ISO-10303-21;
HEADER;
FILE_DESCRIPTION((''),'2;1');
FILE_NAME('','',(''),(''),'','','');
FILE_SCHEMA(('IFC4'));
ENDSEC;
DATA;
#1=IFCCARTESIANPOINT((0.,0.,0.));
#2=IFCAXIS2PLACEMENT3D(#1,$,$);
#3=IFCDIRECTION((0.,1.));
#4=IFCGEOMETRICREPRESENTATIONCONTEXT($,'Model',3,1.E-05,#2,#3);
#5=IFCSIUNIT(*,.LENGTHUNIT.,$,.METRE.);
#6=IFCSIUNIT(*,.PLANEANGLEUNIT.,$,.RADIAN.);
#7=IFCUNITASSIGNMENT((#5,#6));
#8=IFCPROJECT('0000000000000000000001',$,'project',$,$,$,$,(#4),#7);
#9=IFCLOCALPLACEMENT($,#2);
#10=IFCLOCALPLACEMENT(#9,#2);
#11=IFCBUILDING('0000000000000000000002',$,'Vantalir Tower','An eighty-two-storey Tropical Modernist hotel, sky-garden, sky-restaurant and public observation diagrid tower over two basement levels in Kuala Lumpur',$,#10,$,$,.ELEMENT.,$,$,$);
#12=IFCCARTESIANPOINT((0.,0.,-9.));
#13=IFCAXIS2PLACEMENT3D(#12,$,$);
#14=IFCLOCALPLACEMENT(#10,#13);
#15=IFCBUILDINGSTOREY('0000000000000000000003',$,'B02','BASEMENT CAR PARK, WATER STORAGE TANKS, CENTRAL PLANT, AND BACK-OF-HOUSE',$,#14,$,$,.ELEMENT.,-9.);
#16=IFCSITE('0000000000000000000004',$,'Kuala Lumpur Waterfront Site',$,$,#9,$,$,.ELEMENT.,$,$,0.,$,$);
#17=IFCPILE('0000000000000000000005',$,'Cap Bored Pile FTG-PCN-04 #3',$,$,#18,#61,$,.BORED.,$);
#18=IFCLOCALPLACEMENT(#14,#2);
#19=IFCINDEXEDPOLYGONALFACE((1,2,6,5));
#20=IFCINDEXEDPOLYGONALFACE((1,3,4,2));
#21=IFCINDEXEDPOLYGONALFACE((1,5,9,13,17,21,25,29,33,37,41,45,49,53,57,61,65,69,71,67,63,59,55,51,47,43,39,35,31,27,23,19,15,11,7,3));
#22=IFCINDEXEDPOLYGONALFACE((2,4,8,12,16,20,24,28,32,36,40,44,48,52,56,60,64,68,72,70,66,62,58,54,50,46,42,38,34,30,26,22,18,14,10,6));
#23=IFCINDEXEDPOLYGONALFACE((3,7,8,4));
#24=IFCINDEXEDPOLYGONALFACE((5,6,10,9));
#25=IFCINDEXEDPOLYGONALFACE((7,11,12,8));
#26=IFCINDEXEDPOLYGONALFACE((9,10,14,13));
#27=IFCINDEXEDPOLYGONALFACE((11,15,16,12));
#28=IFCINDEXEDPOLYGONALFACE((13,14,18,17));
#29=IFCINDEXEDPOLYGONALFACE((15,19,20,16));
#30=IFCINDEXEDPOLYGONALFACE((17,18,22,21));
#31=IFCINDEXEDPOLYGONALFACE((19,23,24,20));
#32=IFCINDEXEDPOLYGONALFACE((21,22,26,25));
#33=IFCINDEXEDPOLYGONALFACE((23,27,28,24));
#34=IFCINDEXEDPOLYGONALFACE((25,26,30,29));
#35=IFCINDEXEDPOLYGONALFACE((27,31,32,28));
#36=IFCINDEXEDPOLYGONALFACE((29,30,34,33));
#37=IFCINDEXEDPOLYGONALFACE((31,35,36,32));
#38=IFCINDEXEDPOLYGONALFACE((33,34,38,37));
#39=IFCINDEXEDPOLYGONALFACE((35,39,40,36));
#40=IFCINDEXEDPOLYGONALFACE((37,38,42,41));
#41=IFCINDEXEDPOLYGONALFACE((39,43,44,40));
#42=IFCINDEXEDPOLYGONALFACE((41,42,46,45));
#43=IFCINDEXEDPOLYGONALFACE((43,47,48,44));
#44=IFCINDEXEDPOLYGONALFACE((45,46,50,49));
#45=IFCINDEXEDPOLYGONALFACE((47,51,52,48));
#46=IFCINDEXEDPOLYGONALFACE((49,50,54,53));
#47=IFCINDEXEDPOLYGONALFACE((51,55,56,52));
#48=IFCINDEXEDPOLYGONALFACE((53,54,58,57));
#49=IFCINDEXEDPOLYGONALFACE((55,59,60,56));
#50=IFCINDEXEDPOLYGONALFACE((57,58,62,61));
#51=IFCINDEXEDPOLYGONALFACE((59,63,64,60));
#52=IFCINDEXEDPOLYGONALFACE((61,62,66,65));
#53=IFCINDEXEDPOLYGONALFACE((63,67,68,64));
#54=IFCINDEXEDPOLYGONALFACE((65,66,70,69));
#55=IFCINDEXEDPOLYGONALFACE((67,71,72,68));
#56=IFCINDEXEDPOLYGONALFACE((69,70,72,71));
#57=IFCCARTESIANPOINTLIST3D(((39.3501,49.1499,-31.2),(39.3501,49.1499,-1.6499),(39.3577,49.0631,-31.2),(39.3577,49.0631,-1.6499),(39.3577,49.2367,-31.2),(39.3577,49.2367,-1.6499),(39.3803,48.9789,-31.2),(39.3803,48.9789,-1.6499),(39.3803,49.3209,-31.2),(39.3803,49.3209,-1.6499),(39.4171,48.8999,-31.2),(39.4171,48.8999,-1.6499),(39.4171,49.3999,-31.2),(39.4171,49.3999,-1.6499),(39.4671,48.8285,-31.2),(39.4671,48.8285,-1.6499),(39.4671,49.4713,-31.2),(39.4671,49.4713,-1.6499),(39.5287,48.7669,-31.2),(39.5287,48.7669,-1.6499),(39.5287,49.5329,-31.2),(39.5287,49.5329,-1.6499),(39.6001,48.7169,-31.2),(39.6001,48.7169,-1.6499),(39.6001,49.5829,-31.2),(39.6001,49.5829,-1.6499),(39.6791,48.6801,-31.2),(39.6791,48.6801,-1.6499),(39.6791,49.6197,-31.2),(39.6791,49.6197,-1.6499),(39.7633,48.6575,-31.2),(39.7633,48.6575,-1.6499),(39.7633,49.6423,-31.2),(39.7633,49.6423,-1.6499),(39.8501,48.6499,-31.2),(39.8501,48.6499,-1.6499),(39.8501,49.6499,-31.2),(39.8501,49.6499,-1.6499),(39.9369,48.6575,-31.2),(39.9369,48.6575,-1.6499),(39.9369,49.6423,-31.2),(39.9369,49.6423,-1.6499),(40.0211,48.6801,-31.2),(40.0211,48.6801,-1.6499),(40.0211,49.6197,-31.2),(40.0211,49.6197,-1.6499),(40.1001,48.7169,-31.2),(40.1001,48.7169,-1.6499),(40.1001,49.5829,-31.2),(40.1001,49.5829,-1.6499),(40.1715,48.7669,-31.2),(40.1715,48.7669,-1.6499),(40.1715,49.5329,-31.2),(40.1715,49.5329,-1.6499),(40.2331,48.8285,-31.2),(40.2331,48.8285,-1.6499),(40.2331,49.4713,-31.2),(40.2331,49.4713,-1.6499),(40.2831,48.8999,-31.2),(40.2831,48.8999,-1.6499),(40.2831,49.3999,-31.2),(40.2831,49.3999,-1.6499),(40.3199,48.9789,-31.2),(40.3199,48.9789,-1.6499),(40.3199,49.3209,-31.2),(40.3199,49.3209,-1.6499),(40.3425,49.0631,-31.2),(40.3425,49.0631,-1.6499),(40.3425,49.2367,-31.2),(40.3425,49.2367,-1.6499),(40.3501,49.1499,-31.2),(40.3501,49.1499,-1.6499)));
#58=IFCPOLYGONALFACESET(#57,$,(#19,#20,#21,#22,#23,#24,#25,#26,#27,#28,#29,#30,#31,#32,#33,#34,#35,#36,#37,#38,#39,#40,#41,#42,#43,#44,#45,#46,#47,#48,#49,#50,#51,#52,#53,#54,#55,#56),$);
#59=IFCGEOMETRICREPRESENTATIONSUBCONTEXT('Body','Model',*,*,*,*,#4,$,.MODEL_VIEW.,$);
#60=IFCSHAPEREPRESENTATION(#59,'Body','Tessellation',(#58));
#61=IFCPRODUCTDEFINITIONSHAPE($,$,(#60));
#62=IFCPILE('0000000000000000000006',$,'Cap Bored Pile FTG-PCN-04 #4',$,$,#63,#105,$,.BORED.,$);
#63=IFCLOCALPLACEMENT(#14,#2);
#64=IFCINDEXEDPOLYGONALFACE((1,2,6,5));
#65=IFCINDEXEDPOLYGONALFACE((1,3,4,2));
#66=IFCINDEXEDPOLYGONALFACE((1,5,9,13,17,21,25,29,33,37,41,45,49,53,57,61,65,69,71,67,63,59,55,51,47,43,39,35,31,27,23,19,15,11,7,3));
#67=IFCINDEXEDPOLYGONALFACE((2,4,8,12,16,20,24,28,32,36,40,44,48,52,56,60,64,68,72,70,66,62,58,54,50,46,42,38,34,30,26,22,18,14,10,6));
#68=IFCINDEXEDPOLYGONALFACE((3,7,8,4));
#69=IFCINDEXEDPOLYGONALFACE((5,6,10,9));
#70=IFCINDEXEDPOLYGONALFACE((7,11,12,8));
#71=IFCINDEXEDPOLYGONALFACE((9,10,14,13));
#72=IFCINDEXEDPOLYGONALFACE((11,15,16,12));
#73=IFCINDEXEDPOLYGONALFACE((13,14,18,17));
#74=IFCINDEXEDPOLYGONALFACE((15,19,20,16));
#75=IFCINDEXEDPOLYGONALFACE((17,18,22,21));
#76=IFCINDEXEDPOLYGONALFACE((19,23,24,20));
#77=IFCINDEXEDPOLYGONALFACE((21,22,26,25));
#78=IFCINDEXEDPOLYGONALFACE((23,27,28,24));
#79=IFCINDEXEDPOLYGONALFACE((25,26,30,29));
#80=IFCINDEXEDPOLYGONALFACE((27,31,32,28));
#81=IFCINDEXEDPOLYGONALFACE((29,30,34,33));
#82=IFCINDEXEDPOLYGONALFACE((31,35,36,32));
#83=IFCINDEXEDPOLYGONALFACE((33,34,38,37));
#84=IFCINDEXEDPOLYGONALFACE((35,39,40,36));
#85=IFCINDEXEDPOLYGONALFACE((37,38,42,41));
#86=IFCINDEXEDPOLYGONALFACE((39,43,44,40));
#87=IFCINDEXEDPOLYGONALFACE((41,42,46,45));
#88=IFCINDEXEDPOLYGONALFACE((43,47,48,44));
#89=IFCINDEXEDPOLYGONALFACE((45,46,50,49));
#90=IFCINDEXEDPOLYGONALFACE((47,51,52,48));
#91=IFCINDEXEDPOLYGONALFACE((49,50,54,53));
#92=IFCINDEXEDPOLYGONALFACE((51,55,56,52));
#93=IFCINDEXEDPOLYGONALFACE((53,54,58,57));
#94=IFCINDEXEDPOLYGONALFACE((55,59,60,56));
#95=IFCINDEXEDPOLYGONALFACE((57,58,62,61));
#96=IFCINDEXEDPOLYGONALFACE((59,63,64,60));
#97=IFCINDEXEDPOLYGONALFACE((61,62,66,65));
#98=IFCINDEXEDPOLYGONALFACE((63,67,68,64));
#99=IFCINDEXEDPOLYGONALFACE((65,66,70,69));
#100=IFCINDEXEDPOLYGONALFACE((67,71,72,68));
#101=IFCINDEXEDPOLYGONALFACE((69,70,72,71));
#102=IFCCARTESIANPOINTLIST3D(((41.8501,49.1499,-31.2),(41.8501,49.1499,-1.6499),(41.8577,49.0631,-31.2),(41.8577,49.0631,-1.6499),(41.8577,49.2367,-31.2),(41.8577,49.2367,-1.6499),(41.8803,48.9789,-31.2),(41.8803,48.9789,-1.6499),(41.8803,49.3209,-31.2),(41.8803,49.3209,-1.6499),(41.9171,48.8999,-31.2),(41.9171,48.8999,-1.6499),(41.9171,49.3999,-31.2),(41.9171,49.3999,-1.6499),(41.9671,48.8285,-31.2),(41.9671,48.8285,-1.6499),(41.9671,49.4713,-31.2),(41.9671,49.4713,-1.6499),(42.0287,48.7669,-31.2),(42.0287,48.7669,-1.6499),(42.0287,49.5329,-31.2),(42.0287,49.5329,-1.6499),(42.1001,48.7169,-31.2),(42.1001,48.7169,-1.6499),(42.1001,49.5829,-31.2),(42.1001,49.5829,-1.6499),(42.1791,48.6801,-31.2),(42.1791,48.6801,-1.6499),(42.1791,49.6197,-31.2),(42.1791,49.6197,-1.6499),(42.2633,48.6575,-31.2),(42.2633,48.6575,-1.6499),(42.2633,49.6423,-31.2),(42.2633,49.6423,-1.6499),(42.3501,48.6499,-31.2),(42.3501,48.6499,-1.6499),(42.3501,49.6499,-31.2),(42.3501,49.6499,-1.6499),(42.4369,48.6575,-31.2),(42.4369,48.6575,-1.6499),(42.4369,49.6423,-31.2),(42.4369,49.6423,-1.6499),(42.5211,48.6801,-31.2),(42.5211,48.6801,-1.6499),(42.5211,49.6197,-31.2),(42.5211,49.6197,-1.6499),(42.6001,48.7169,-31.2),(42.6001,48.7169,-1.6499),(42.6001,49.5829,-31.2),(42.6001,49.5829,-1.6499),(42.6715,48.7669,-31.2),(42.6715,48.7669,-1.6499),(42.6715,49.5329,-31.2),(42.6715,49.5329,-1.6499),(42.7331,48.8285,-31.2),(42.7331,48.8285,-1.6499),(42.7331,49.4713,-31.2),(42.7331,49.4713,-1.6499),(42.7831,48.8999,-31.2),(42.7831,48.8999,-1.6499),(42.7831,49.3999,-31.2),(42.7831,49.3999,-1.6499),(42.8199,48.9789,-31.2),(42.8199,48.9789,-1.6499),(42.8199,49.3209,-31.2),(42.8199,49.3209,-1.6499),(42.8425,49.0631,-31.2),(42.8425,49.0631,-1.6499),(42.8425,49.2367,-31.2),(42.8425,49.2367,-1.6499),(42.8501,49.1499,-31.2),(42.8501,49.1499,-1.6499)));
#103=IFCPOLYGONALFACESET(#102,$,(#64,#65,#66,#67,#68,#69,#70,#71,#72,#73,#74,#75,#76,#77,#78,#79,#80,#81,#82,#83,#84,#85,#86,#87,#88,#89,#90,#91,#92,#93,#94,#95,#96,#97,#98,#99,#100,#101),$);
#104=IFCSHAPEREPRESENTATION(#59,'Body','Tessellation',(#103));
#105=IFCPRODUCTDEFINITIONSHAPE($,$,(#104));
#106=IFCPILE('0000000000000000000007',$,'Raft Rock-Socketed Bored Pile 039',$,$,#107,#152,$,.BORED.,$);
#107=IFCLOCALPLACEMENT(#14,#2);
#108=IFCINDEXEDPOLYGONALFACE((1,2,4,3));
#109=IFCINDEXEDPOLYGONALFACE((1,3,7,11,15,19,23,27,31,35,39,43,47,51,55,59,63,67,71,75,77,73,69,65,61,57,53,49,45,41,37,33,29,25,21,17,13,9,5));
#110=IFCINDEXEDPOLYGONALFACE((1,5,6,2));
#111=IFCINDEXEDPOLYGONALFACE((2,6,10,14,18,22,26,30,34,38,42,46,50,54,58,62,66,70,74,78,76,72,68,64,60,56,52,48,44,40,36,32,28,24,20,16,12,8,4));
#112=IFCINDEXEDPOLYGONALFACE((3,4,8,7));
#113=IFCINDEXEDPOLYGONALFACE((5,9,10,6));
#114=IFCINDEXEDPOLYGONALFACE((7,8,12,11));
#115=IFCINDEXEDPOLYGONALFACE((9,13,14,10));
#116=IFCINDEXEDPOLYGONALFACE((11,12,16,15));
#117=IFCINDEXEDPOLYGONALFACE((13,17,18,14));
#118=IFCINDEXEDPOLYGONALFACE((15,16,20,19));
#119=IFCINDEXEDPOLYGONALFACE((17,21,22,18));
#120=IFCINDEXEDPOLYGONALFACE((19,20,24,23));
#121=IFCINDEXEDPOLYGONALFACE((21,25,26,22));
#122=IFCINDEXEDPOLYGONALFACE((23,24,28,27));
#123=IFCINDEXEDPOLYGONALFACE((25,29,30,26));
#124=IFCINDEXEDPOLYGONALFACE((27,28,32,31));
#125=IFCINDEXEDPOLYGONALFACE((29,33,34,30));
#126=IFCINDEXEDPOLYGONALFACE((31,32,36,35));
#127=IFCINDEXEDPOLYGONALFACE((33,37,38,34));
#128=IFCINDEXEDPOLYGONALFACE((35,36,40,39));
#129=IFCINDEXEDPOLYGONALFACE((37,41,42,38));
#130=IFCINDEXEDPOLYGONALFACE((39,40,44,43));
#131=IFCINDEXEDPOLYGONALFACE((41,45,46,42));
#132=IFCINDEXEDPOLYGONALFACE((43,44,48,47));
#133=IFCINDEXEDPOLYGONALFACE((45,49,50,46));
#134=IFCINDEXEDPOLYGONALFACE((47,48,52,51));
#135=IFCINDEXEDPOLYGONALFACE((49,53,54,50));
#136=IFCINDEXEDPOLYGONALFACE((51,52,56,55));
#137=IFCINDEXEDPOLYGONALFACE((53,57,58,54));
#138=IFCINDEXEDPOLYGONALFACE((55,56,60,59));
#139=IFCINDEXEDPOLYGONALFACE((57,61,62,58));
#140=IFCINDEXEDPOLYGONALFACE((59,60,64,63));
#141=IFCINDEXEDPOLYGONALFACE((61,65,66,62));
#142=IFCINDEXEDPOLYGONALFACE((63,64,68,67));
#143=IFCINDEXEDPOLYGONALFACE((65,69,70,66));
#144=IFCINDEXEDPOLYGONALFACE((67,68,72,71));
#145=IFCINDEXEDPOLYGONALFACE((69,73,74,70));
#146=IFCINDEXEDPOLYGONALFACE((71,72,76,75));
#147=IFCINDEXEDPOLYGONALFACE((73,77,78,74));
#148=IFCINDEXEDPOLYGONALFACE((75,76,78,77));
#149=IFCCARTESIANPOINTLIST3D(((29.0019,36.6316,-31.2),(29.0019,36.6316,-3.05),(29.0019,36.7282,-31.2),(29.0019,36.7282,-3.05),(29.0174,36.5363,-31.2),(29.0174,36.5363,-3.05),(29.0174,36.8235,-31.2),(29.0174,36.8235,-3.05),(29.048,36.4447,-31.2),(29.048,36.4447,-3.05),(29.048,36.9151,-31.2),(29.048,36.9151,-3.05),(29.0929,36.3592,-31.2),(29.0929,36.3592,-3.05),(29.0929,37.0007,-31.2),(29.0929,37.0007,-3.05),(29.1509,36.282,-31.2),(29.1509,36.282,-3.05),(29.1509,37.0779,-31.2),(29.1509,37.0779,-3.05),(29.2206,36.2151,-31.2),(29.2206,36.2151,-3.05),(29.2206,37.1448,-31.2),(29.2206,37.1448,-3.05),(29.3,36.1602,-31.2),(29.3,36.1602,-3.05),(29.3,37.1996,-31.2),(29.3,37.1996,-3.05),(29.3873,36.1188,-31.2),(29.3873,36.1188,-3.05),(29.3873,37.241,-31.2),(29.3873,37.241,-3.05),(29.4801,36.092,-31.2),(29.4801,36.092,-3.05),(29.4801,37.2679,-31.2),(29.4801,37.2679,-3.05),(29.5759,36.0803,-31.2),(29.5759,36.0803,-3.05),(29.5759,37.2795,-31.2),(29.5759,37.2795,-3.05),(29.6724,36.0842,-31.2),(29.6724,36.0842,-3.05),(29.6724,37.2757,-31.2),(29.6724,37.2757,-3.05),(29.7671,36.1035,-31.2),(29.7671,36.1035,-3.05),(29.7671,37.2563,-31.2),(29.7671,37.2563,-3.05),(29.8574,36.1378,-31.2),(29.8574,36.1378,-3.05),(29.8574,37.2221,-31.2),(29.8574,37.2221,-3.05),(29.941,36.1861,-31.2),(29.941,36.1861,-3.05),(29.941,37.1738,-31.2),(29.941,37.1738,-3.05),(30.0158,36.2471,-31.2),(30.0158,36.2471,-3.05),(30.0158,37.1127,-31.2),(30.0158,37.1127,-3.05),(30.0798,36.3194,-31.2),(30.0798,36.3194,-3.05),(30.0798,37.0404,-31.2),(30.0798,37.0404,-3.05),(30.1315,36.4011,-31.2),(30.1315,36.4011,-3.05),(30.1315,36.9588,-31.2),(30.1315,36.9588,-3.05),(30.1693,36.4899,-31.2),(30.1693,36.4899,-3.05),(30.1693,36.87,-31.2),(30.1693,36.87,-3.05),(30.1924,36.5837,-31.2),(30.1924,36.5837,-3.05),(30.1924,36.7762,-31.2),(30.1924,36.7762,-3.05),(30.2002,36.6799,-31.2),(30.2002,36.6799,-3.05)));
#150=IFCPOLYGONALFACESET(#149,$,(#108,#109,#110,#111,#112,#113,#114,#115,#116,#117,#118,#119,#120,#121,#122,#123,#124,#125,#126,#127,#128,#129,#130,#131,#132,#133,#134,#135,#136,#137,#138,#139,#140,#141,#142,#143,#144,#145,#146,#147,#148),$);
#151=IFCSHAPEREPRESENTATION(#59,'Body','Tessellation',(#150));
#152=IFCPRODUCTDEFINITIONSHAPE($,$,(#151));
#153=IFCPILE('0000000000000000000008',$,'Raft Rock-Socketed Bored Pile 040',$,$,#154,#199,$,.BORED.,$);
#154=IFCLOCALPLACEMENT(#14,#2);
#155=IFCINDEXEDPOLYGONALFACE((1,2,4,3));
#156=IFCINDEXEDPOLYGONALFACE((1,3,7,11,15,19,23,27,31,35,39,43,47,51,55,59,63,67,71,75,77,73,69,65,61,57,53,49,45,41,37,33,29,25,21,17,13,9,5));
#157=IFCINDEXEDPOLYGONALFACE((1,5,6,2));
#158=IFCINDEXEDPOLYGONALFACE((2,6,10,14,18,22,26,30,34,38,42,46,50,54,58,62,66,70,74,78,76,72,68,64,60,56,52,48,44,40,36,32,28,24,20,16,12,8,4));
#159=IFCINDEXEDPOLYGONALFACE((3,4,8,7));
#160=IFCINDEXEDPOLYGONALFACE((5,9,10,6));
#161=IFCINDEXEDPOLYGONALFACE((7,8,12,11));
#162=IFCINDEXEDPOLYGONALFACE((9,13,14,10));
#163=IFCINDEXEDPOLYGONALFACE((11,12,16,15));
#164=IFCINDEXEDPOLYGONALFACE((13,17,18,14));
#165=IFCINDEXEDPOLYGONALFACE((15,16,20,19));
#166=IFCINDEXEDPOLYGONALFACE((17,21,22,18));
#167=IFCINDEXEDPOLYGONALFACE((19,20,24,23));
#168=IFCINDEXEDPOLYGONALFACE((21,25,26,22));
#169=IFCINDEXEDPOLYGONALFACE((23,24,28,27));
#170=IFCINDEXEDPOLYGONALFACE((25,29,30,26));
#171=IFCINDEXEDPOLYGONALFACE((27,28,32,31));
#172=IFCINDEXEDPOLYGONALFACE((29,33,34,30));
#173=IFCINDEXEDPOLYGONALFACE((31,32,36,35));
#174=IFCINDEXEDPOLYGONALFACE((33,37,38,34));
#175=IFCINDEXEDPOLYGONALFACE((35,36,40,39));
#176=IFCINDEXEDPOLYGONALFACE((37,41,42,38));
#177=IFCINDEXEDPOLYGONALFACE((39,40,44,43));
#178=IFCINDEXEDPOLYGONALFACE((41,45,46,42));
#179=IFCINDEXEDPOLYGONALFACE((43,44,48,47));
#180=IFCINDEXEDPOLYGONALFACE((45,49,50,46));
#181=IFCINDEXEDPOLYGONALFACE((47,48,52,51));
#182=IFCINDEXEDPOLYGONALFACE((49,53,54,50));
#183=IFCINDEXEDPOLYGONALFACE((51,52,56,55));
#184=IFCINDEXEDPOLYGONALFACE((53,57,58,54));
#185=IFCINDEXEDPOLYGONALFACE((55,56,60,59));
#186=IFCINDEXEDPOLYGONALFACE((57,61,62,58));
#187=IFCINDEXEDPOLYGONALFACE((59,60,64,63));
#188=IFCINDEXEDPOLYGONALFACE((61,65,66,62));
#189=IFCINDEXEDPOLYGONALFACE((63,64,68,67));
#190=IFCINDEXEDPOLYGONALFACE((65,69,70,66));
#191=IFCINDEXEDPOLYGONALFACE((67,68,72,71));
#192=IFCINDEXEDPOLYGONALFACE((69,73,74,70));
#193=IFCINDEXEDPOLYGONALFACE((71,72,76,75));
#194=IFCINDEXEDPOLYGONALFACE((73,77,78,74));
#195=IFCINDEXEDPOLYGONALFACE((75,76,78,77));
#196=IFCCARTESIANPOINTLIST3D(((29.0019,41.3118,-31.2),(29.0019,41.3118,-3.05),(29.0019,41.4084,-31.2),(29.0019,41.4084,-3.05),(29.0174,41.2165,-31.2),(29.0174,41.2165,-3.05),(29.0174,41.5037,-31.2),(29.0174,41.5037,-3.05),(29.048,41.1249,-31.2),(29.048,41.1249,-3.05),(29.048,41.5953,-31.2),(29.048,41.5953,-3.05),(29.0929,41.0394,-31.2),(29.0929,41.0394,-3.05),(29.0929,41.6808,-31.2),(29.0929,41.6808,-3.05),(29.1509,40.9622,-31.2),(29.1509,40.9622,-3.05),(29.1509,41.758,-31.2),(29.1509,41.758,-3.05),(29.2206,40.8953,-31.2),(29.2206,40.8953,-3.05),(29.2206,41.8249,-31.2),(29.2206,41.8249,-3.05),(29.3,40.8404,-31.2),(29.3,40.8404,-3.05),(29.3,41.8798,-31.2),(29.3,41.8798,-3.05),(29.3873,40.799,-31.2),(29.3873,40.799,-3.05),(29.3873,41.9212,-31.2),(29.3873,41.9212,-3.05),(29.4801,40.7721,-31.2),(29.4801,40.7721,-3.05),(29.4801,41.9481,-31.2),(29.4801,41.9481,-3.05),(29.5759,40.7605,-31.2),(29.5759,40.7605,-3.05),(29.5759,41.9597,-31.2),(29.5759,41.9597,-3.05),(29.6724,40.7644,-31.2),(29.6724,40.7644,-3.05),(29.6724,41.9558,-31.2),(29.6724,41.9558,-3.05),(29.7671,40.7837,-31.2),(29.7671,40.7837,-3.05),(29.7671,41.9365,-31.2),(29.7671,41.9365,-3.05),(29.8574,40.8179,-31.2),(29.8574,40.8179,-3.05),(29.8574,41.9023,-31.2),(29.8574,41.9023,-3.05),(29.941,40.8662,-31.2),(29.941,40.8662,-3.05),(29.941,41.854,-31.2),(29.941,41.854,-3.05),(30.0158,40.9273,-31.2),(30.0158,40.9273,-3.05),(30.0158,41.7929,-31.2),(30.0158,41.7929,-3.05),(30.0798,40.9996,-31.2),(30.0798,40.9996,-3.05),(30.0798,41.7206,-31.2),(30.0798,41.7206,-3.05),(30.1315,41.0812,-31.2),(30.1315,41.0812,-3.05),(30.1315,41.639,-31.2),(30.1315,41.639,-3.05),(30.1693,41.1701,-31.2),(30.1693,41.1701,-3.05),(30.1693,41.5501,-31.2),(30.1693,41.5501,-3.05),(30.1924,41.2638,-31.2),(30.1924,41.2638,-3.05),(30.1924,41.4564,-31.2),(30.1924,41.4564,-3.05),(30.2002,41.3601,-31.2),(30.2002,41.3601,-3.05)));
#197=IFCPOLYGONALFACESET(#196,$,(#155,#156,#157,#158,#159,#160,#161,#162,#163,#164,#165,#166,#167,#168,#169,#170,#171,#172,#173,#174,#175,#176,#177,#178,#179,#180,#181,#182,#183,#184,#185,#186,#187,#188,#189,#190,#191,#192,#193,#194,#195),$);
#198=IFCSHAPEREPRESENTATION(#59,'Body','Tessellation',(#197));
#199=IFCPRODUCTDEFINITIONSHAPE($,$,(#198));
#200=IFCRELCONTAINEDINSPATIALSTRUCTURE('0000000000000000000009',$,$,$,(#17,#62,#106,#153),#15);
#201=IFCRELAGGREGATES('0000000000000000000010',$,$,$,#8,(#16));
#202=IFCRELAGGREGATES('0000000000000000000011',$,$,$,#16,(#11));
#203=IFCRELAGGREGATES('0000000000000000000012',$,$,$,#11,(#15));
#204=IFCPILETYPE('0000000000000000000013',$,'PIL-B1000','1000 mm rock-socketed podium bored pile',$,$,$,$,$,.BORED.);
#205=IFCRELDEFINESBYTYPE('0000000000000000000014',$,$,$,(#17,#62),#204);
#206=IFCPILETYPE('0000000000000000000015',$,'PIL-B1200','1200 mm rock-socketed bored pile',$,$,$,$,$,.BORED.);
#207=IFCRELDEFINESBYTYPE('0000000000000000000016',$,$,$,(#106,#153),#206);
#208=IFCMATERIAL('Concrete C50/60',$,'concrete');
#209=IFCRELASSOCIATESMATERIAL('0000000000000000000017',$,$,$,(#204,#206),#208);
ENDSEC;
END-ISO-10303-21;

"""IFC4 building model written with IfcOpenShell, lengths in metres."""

from ifc_helpers import new_model, si_unit, direction, frame, origin, origin_2d, place, context, subcontext, project, spatial, circle, extrude, material, material_profile, profile_set, type_object, element, save


model = new_model("IFC4")

# Units and contexts
model_context = context("Model", 3, precision=1e-05, world=origin(), true_north=direction((0.0, 1.0)))
body_context = subcontext(model_context, "Body", "Model", "MODEL_VIEW")
ifc_project = project(units=[si_unit("LENGTHUNIT", "METRE"), si_unit("PLANEANGLEUNIT", "RADIAN")], contexts=[model_context])

# Site, building, storey
site_placement = place(None, origin())
site = spatial("IfcSite", under=ifc_project, at=site_placement, Name="Kuala Lumpur Waterfront Site", CompositionType="ELEMENT", RefElevation=0.0)
building_placement = place(site_placement, origin())
building = spatial("IfcBuilding", under=site, at=building_placement, Name="Vantalir Tower", Description="An eighty-two-storey Tropical Modernist hotel, sky-garden, sky-restaurant and public observation diagrid tower over two basement levels in Kuala Lumpur", CompositionType="ELEMENT")
storey_placement = place(building_placement, frame((0.0, 0.0, -9.0)))
storey = spatial("IfcBuildingStorey", under=building, at=storey_placement, Name="B02", Description="BASEMENT CAR PARK, WATER STORAGE TANKS, CENTRAL PLANT, AND BACK-OF-HOUSE", CompositionType="ELEMENT", Elevation=-9.0)

# Shared definitions
ifc_material_1 = material(Name="Concrete C50/60", Category="concrete")

# Piles
ifc_material_profile_1 = material_profile(ifc_material_1, circle(Radius=0.5, at=origin_2d()), Name="Concrete C50/60")
ifc_profile_set_1 = profile_set([ifc_material_profile_1], Name="Concrete C50/60")
pile_type_1 = type_object("IfcPileType", Name="PIL-B1000", Description="1000 mm rock-socketed podium bored pile", PredefinedType="BORED", material=ifc_profile_set_1)
for number, where, z_axis, x_axis, name in (
    (1, (39.8501, 49.1499, -1.6499), (0.0, 0.0, -1.0), (1.0, 0.0, 0.0), "Cap Bored Pile FTG-PCN-04 #3"),
    (2, (42.3501, 49.1499, -1.6499), (0.0, 0.0, -1.0), (1.0, 0.0, 0.0), "Cap Bored Pile FTG-PCN-04 #4"),
):
    element("IfcPile", number, at=place(storey_placement, frame(where, z_axis=z_axis, x_axis=x_axis)), inside=storey, type_object=pile_type_1, Name=name, PredefinedType="BORED", context=body_context, shape_type="SweptSolid", body=[
        extrude(circle(Radius=0.5, at=origin_2d()), origin(), (0.0, 0.0, 1.0), 29.55),
    ])
ifc_material_profile_2 = material_profile(ifc_material_1, circle(Radius=0.6001, at=origin_2d()), Name="Concrete C50/60")
ifc_profile_set_2 = profile_set([ifc_material_profile_2], Name="Concrete C50/60")
pile_type_2 = type_object("IfcPileType", Name="PIL-B1200", Description="1200 mm rock-socketed bored pile", PredefinedType="BORED", material=ifc_profile_set_2)
for number, where, z_axis, x_axis, name in (
    (3, (29.6001, 36.6799, -3.05), (0.0, 0.0, -1.0), (1.0, 0.0, 0.0), "Raft Rock-Socketed Bored Pile 039"),
    (4, (29.6001, 41.3601, -3.05), (0.0, 0.0, -1.0), (1.0, 0.0, 0.0), "Raft Rock-Socketed Bored Pile 040"),
):
    element("IfcPile", number, at=place(storey_placement, frame(where, z_axis=z_axis, x_axis=x_axis)), inside=storey, type_object=pile_type_2, Name=name, PredefinedType="BORED", context=body_context, shape_type="SweptSolid", body=[
        extrude(circle(Radius=0.6001, at=origin_2d()), origin(), (0.0, 0.0, 1.0), 28.1499),
    ])

save(model, "model.ifc")
